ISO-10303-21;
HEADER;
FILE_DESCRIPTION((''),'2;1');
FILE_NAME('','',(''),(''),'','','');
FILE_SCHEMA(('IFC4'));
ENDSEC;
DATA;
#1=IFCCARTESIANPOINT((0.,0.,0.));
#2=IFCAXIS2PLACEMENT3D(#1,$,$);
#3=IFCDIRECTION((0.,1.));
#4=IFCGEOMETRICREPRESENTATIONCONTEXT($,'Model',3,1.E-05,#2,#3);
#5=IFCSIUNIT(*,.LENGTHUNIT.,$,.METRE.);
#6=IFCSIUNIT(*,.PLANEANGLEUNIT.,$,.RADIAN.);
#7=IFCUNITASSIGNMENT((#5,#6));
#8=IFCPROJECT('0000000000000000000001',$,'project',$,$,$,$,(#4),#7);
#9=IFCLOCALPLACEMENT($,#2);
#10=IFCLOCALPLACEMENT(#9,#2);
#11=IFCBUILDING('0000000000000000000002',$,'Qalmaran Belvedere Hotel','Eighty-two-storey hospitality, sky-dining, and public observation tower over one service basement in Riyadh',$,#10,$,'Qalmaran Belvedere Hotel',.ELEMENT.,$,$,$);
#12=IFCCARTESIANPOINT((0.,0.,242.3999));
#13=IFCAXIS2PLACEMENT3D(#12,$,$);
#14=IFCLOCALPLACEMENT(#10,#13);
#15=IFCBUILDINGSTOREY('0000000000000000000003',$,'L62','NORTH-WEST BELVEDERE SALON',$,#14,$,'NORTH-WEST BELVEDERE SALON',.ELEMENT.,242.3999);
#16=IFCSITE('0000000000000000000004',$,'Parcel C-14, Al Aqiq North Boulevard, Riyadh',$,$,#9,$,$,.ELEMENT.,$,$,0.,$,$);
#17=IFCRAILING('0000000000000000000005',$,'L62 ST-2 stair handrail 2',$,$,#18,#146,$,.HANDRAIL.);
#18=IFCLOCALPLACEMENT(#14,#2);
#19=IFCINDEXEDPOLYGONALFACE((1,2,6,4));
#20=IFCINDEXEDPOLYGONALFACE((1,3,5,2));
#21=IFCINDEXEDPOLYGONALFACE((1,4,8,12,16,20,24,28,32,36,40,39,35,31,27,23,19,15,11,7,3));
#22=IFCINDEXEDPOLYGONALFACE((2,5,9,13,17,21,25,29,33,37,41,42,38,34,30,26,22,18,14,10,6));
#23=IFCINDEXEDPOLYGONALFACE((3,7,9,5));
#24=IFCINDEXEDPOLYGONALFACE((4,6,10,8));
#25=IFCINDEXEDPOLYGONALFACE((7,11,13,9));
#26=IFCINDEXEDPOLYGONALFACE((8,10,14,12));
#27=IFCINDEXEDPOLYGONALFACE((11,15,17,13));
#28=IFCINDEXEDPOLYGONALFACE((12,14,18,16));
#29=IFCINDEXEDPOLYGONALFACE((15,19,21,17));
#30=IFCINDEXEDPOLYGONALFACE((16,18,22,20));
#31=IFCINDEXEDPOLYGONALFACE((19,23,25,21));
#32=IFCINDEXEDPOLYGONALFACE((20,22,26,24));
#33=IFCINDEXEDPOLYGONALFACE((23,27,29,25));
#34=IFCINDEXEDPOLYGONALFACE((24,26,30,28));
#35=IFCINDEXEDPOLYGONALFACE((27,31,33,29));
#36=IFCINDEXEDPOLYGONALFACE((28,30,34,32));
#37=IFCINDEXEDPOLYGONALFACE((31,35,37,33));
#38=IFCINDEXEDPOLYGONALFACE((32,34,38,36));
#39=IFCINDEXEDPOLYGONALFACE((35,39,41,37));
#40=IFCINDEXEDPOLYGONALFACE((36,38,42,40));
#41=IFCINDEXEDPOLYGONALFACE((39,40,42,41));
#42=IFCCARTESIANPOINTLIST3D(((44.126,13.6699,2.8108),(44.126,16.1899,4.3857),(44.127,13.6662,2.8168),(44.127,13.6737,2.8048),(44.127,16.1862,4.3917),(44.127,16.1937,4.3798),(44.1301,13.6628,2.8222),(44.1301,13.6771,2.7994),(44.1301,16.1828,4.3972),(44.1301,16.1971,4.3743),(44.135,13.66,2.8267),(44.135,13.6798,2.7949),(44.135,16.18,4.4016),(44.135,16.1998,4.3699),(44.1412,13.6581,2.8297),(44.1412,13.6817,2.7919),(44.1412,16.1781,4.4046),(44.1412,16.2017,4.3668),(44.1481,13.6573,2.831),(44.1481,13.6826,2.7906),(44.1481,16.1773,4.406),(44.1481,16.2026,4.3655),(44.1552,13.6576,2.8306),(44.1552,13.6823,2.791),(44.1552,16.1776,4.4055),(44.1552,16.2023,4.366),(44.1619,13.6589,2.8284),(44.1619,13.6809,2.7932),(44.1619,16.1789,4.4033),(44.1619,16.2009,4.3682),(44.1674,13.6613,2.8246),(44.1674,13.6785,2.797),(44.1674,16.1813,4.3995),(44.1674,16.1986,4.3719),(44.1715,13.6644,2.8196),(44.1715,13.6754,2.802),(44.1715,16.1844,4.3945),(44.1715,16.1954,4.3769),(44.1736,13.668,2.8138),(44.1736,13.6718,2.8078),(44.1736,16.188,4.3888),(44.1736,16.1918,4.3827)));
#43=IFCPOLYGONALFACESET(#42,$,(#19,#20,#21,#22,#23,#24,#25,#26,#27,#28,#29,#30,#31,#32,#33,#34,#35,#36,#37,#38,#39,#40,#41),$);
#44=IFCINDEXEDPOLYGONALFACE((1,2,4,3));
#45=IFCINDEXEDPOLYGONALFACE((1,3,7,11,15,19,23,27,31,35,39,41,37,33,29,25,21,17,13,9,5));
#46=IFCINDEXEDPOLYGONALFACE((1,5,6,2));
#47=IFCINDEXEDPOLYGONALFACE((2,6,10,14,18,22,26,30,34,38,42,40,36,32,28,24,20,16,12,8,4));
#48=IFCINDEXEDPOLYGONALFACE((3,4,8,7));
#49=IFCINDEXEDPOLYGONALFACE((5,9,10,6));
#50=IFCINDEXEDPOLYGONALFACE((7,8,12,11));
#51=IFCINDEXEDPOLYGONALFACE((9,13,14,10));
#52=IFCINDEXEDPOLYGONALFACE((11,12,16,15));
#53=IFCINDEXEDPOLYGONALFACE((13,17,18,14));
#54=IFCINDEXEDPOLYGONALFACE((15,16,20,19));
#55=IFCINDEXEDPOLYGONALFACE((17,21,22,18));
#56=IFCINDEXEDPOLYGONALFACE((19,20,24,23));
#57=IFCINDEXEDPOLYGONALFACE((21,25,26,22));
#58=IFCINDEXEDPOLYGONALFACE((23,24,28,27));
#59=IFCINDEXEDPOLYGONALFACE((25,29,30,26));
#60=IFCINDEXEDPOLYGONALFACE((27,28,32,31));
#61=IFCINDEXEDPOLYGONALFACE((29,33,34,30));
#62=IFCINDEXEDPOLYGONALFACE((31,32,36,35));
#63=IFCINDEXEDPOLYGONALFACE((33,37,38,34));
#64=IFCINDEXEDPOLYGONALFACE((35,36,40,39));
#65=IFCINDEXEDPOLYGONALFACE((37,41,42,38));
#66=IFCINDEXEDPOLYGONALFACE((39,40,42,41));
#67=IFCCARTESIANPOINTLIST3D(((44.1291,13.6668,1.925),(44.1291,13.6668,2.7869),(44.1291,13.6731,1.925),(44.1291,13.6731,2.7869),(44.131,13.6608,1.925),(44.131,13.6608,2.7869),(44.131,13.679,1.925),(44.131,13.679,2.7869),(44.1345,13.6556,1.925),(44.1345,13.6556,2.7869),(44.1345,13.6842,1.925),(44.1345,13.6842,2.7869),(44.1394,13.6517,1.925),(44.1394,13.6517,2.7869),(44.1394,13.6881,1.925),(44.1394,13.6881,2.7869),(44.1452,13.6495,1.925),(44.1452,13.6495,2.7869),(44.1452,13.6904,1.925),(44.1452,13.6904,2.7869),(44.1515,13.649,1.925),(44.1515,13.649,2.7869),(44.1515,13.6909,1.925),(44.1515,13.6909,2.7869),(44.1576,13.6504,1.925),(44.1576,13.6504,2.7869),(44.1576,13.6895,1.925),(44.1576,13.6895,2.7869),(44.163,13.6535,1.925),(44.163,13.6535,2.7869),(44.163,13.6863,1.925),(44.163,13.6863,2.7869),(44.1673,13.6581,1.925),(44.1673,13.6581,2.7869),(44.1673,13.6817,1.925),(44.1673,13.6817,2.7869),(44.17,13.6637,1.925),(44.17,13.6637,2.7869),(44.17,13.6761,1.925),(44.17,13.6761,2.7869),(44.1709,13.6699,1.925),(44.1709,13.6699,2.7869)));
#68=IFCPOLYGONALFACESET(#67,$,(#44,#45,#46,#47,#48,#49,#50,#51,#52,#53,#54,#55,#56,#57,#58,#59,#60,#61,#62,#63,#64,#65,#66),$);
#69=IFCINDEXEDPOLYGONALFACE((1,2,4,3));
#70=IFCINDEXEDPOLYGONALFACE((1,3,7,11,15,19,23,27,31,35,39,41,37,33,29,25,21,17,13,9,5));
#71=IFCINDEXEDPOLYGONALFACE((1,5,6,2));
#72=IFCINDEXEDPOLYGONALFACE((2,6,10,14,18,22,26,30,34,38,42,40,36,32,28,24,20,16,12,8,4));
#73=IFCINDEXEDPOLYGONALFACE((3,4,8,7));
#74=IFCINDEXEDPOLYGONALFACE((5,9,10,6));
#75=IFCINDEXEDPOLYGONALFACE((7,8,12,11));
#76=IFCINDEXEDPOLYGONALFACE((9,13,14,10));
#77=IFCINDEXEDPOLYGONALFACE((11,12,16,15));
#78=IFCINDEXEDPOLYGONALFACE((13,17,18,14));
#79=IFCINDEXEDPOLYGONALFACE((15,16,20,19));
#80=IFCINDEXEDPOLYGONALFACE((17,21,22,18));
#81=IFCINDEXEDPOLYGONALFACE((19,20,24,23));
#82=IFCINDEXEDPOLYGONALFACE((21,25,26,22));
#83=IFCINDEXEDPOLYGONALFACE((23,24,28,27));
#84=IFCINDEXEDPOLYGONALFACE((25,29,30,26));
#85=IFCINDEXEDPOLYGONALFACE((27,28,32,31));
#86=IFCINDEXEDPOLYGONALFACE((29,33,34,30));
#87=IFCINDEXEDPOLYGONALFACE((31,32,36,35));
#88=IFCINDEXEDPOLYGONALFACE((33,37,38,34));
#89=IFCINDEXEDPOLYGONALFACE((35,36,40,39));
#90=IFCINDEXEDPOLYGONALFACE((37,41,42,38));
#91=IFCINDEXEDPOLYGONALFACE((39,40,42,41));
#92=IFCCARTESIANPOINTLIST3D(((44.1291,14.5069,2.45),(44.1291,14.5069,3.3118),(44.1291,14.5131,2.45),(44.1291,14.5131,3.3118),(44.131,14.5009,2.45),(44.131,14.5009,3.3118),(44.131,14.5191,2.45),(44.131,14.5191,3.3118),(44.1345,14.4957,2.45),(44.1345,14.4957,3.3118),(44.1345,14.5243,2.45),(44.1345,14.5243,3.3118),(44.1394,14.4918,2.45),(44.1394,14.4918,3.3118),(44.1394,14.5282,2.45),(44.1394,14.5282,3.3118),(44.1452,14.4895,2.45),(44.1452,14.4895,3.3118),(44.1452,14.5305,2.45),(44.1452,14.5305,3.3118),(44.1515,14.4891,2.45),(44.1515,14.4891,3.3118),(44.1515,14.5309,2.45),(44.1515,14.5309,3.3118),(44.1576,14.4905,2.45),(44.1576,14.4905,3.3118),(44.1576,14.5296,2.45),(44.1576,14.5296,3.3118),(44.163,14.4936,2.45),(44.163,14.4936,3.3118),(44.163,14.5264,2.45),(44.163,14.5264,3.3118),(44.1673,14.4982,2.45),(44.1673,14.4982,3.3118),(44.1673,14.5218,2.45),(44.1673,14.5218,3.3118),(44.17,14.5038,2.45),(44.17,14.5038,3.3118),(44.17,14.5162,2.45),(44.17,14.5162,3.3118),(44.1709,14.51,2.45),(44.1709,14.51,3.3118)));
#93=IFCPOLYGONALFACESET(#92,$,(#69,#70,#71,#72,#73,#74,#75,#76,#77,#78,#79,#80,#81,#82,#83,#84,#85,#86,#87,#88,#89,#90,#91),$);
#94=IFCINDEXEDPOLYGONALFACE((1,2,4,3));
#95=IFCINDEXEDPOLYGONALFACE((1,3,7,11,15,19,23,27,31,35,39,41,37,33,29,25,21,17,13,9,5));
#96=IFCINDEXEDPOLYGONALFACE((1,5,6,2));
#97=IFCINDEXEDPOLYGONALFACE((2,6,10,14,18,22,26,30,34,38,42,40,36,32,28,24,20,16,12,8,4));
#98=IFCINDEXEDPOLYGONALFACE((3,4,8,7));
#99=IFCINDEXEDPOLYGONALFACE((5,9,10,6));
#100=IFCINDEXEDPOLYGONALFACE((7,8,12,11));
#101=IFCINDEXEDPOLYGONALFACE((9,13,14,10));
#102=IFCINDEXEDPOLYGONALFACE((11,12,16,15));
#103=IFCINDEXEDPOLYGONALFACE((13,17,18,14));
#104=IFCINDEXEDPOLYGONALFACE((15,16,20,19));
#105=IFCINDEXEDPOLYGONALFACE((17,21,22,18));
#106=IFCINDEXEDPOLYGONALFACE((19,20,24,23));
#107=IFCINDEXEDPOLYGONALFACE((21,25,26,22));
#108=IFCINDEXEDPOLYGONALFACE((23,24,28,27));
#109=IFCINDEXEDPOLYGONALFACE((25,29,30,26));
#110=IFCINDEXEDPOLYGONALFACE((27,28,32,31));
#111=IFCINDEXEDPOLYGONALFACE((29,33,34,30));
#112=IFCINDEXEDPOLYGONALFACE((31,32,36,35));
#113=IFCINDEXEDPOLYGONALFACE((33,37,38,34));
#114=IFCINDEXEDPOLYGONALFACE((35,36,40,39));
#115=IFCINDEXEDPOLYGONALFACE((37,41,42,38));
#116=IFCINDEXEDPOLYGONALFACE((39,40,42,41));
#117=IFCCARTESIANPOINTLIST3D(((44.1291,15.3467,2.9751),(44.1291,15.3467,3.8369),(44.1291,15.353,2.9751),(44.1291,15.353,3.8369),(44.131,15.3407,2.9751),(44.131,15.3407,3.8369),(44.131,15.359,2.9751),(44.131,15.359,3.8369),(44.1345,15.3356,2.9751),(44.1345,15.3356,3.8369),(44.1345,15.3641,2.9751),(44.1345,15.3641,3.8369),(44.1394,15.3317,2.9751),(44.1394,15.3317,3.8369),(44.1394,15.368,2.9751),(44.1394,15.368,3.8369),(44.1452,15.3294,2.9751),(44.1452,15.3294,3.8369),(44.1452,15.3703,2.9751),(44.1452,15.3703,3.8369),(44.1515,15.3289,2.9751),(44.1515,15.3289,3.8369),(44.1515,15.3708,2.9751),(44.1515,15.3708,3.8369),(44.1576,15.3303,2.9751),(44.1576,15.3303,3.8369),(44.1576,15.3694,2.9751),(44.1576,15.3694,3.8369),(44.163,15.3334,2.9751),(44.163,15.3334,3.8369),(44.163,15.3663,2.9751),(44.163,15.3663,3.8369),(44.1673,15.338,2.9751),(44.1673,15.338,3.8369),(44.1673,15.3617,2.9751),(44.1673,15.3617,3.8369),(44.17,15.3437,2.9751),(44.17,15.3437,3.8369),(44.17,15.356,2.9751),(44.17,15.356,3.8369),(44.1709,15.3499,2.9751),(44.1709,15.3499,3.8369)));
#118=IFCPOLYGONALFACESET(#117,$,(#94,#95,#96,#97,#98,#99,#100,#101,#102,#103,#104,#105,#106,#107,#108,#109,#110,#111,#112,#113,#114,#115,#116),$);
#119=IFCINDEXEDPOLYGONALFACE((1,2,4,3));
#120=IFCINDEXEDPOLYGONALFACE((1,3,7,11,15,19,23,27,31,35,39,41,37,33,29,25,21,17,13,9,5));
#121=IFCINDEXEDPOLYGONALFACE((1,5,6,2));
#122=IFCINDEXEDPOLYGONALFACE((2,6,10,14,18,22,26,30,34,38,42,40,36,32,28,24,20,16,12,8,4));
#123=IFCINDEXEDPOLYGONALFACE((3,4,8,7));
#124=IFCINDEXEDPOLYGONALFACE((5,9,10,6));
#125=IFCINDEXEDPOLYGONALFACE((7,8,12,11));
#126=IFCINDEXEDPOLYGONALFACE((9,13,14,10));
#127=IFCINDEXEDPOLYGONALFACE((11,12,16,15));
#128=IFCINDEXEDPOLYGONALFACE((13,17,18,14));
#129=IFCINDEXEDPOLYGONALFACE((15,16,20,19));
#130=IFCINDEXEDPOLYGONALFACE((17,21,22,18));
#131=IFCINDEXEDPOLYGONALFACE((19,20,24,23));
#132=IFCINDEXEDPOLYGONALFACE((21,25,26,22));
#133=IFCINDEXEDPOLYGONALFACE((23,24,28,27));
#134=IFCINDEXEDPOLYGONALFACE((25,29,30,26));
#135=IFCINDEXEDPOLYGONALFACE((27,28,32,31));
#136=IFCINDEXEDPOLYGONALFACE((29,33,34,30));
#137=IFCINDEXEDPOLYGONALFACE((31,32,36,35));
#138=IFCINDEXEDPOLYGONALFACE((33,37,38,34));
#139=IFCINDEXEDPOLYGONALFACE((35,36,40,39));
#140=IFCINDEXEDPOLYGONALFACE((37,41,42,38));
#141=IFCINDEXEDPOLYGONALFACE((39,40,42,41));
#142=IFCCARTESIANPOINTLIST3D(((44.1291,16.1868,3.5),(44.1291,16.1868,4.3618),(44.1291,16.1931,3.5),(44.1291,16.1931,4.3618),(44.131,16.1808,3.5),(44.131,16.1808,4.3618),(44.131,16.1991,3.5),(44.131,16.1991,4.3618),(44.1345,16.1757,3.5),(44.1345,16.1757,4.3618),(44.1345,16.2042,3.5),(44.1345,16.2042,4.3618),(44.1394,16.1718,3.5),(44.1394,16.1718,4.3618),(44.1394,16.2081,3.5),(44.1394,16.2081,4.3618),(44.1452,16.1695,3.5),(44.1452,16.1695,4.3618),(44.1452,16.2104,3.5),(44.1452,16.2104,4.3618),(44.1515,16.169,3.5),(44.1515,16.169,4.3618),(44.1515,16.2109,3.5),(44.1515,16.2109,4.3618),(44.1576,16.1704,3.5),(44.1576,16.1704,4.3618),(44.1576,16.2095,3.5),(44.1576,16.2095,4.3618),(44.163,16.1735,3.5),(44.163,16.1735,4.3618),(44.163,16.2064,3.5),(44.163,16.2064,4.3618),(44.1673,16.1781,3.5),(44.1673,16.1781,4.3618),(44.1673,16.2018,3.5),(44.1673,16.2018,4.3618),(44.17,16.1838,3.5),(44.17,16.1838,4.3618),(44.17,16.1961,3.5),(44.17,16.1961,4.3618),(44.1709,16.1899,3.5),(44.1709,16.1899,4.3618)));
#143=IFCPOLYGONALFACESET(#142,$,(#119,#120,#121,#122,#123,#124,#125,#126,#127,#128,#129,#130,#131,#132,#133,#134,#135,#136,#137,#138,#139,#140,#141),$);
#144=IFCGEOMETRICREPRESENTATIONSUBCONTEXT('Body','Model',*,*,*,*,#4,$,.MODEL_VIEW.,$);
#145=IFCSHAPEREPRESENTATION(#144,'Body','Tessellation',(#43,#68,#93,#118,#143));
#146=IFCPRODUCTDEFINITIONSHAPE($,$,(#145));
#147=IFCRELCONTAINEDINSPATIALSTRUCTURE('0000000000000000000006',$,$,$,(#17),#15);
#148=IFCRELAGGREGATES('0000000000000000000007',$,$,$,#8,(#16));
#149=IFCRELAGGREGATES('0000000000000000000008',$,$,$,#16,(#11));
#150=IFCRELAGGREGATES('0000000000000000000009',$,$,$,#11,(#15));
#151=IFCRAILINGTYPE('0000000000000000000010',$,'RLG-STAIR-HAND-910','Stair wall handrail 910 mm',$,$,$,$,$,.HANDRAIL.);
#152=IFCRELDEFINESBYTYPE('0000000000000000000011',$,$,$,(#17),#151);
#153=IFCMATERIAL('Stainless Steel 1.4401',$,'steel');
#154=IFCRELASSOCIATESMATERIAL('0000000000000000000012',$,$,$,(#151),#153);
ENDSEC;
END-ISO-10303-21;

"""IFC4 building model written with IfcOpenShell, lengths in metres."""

from ifc_helpers import new_model, si_unit, direction, frame, origin, origin_2d, place, context, subcontext, project, spatial, circle, extrude, material, type_object, element, save


model = new_model("IFC4")

# Units and contexts
model_context = context("Model", 3, precision=1e-05, world=origin(), true_north=direction((0.0, 1.0)))
body_context = subcontext(model_context, "Body", "Model", "MODEL_VIEW")
ifc_project = project(units=[si_unit("LENGTHUNIT", "METRE"), si_unit("PLANEANGLEUNIT", "RADIAN")], contexts=[model_context])

# Site, building, storey
site_placement = place(None, origin())
site = spatial("IfcSite", under=ifc_project, at=site_placement, Name="Parcel C-14, Al Aqiq North Boulevard, Riyadh", CompositionType="ELEMENT", RefElevation=0.0)
building_placement = place(site_placement, origin())
building = spatial("IfcBuilding", under=site, at=building_placement, Name="Qalmaran Belvedere Hotel", Description="Eighty-two-storey hospitality, sky-dining, and public observation tower over one service basement in Riyadh", LongName="Qalmaran Belvedere Hotel", CompositionType="ELEMENT")
storey_placement = place(building_placement, frame((0.0, 0.0, 242.3999)))
storey = spatial("IfcBuildingStorey", under=building, at=storey_placement, Name="L62", Description="NORTH-WEST BELVEDERE SALON", LongName="NORTH-WEST BELVEDERE SALON", CompositionType="ELEMENT", Elevation=242.3999)

# Railing
ifc_material_1 = material(Name="Stainless Steel 1.4401", Category="steel")
railing_type_1 = type_object("IfcRailingType", Name="RLG-STAIR-HAND-910", Description="Stair wall handrail 910 mm", PredefinedType="HANDRAIL", material=ifc_material_1)
railing_1_placement = place(storey_placement, frame((44.1499, 13.6699, 1.925)))
element("IfcRailing", 1, at=railing_1_placement, inside=storey, type_object=railing_type_1, Name="L62 ST-2 stair handrail 2", PredefinedType="HANDRAIL", context=body_context, shape_type="SweptSolid", body=[
    extrude(circle(Radius=0.0239, at=origin_2d()), frame((0.0, 0.0, 0.8857), z_axis=(0.0, 0.848008, 0.529984), x_axis=(-1.0, 0.0, 0.0)), (0.0, 0.0, 1.0), 2.9717),
    extrude(circle(Radius=0.021, at=origin_2d()), origin(), (0.0, 0.0, 1.0), 0.8618),
    extrude(circle(Radius=0.021, at=origin_2d()), frame((0.0, 0.8401, 0.5249)), (0.0, 0.0, 1.0), 0.8618),
    extrude(circle(Radius=0.021, at=origin_2d()), frame((0.0, 1.6799, 1.05)), (0.0, 0.0, 1.0), 0.8618),
    extrude(circle(Radius=0.021, at=origin_2d()), frame((0.0, 2.52, 1.575)), (0.0, 0.0, 1.0), 0.8618),
])

save(model, "model.ifc")
